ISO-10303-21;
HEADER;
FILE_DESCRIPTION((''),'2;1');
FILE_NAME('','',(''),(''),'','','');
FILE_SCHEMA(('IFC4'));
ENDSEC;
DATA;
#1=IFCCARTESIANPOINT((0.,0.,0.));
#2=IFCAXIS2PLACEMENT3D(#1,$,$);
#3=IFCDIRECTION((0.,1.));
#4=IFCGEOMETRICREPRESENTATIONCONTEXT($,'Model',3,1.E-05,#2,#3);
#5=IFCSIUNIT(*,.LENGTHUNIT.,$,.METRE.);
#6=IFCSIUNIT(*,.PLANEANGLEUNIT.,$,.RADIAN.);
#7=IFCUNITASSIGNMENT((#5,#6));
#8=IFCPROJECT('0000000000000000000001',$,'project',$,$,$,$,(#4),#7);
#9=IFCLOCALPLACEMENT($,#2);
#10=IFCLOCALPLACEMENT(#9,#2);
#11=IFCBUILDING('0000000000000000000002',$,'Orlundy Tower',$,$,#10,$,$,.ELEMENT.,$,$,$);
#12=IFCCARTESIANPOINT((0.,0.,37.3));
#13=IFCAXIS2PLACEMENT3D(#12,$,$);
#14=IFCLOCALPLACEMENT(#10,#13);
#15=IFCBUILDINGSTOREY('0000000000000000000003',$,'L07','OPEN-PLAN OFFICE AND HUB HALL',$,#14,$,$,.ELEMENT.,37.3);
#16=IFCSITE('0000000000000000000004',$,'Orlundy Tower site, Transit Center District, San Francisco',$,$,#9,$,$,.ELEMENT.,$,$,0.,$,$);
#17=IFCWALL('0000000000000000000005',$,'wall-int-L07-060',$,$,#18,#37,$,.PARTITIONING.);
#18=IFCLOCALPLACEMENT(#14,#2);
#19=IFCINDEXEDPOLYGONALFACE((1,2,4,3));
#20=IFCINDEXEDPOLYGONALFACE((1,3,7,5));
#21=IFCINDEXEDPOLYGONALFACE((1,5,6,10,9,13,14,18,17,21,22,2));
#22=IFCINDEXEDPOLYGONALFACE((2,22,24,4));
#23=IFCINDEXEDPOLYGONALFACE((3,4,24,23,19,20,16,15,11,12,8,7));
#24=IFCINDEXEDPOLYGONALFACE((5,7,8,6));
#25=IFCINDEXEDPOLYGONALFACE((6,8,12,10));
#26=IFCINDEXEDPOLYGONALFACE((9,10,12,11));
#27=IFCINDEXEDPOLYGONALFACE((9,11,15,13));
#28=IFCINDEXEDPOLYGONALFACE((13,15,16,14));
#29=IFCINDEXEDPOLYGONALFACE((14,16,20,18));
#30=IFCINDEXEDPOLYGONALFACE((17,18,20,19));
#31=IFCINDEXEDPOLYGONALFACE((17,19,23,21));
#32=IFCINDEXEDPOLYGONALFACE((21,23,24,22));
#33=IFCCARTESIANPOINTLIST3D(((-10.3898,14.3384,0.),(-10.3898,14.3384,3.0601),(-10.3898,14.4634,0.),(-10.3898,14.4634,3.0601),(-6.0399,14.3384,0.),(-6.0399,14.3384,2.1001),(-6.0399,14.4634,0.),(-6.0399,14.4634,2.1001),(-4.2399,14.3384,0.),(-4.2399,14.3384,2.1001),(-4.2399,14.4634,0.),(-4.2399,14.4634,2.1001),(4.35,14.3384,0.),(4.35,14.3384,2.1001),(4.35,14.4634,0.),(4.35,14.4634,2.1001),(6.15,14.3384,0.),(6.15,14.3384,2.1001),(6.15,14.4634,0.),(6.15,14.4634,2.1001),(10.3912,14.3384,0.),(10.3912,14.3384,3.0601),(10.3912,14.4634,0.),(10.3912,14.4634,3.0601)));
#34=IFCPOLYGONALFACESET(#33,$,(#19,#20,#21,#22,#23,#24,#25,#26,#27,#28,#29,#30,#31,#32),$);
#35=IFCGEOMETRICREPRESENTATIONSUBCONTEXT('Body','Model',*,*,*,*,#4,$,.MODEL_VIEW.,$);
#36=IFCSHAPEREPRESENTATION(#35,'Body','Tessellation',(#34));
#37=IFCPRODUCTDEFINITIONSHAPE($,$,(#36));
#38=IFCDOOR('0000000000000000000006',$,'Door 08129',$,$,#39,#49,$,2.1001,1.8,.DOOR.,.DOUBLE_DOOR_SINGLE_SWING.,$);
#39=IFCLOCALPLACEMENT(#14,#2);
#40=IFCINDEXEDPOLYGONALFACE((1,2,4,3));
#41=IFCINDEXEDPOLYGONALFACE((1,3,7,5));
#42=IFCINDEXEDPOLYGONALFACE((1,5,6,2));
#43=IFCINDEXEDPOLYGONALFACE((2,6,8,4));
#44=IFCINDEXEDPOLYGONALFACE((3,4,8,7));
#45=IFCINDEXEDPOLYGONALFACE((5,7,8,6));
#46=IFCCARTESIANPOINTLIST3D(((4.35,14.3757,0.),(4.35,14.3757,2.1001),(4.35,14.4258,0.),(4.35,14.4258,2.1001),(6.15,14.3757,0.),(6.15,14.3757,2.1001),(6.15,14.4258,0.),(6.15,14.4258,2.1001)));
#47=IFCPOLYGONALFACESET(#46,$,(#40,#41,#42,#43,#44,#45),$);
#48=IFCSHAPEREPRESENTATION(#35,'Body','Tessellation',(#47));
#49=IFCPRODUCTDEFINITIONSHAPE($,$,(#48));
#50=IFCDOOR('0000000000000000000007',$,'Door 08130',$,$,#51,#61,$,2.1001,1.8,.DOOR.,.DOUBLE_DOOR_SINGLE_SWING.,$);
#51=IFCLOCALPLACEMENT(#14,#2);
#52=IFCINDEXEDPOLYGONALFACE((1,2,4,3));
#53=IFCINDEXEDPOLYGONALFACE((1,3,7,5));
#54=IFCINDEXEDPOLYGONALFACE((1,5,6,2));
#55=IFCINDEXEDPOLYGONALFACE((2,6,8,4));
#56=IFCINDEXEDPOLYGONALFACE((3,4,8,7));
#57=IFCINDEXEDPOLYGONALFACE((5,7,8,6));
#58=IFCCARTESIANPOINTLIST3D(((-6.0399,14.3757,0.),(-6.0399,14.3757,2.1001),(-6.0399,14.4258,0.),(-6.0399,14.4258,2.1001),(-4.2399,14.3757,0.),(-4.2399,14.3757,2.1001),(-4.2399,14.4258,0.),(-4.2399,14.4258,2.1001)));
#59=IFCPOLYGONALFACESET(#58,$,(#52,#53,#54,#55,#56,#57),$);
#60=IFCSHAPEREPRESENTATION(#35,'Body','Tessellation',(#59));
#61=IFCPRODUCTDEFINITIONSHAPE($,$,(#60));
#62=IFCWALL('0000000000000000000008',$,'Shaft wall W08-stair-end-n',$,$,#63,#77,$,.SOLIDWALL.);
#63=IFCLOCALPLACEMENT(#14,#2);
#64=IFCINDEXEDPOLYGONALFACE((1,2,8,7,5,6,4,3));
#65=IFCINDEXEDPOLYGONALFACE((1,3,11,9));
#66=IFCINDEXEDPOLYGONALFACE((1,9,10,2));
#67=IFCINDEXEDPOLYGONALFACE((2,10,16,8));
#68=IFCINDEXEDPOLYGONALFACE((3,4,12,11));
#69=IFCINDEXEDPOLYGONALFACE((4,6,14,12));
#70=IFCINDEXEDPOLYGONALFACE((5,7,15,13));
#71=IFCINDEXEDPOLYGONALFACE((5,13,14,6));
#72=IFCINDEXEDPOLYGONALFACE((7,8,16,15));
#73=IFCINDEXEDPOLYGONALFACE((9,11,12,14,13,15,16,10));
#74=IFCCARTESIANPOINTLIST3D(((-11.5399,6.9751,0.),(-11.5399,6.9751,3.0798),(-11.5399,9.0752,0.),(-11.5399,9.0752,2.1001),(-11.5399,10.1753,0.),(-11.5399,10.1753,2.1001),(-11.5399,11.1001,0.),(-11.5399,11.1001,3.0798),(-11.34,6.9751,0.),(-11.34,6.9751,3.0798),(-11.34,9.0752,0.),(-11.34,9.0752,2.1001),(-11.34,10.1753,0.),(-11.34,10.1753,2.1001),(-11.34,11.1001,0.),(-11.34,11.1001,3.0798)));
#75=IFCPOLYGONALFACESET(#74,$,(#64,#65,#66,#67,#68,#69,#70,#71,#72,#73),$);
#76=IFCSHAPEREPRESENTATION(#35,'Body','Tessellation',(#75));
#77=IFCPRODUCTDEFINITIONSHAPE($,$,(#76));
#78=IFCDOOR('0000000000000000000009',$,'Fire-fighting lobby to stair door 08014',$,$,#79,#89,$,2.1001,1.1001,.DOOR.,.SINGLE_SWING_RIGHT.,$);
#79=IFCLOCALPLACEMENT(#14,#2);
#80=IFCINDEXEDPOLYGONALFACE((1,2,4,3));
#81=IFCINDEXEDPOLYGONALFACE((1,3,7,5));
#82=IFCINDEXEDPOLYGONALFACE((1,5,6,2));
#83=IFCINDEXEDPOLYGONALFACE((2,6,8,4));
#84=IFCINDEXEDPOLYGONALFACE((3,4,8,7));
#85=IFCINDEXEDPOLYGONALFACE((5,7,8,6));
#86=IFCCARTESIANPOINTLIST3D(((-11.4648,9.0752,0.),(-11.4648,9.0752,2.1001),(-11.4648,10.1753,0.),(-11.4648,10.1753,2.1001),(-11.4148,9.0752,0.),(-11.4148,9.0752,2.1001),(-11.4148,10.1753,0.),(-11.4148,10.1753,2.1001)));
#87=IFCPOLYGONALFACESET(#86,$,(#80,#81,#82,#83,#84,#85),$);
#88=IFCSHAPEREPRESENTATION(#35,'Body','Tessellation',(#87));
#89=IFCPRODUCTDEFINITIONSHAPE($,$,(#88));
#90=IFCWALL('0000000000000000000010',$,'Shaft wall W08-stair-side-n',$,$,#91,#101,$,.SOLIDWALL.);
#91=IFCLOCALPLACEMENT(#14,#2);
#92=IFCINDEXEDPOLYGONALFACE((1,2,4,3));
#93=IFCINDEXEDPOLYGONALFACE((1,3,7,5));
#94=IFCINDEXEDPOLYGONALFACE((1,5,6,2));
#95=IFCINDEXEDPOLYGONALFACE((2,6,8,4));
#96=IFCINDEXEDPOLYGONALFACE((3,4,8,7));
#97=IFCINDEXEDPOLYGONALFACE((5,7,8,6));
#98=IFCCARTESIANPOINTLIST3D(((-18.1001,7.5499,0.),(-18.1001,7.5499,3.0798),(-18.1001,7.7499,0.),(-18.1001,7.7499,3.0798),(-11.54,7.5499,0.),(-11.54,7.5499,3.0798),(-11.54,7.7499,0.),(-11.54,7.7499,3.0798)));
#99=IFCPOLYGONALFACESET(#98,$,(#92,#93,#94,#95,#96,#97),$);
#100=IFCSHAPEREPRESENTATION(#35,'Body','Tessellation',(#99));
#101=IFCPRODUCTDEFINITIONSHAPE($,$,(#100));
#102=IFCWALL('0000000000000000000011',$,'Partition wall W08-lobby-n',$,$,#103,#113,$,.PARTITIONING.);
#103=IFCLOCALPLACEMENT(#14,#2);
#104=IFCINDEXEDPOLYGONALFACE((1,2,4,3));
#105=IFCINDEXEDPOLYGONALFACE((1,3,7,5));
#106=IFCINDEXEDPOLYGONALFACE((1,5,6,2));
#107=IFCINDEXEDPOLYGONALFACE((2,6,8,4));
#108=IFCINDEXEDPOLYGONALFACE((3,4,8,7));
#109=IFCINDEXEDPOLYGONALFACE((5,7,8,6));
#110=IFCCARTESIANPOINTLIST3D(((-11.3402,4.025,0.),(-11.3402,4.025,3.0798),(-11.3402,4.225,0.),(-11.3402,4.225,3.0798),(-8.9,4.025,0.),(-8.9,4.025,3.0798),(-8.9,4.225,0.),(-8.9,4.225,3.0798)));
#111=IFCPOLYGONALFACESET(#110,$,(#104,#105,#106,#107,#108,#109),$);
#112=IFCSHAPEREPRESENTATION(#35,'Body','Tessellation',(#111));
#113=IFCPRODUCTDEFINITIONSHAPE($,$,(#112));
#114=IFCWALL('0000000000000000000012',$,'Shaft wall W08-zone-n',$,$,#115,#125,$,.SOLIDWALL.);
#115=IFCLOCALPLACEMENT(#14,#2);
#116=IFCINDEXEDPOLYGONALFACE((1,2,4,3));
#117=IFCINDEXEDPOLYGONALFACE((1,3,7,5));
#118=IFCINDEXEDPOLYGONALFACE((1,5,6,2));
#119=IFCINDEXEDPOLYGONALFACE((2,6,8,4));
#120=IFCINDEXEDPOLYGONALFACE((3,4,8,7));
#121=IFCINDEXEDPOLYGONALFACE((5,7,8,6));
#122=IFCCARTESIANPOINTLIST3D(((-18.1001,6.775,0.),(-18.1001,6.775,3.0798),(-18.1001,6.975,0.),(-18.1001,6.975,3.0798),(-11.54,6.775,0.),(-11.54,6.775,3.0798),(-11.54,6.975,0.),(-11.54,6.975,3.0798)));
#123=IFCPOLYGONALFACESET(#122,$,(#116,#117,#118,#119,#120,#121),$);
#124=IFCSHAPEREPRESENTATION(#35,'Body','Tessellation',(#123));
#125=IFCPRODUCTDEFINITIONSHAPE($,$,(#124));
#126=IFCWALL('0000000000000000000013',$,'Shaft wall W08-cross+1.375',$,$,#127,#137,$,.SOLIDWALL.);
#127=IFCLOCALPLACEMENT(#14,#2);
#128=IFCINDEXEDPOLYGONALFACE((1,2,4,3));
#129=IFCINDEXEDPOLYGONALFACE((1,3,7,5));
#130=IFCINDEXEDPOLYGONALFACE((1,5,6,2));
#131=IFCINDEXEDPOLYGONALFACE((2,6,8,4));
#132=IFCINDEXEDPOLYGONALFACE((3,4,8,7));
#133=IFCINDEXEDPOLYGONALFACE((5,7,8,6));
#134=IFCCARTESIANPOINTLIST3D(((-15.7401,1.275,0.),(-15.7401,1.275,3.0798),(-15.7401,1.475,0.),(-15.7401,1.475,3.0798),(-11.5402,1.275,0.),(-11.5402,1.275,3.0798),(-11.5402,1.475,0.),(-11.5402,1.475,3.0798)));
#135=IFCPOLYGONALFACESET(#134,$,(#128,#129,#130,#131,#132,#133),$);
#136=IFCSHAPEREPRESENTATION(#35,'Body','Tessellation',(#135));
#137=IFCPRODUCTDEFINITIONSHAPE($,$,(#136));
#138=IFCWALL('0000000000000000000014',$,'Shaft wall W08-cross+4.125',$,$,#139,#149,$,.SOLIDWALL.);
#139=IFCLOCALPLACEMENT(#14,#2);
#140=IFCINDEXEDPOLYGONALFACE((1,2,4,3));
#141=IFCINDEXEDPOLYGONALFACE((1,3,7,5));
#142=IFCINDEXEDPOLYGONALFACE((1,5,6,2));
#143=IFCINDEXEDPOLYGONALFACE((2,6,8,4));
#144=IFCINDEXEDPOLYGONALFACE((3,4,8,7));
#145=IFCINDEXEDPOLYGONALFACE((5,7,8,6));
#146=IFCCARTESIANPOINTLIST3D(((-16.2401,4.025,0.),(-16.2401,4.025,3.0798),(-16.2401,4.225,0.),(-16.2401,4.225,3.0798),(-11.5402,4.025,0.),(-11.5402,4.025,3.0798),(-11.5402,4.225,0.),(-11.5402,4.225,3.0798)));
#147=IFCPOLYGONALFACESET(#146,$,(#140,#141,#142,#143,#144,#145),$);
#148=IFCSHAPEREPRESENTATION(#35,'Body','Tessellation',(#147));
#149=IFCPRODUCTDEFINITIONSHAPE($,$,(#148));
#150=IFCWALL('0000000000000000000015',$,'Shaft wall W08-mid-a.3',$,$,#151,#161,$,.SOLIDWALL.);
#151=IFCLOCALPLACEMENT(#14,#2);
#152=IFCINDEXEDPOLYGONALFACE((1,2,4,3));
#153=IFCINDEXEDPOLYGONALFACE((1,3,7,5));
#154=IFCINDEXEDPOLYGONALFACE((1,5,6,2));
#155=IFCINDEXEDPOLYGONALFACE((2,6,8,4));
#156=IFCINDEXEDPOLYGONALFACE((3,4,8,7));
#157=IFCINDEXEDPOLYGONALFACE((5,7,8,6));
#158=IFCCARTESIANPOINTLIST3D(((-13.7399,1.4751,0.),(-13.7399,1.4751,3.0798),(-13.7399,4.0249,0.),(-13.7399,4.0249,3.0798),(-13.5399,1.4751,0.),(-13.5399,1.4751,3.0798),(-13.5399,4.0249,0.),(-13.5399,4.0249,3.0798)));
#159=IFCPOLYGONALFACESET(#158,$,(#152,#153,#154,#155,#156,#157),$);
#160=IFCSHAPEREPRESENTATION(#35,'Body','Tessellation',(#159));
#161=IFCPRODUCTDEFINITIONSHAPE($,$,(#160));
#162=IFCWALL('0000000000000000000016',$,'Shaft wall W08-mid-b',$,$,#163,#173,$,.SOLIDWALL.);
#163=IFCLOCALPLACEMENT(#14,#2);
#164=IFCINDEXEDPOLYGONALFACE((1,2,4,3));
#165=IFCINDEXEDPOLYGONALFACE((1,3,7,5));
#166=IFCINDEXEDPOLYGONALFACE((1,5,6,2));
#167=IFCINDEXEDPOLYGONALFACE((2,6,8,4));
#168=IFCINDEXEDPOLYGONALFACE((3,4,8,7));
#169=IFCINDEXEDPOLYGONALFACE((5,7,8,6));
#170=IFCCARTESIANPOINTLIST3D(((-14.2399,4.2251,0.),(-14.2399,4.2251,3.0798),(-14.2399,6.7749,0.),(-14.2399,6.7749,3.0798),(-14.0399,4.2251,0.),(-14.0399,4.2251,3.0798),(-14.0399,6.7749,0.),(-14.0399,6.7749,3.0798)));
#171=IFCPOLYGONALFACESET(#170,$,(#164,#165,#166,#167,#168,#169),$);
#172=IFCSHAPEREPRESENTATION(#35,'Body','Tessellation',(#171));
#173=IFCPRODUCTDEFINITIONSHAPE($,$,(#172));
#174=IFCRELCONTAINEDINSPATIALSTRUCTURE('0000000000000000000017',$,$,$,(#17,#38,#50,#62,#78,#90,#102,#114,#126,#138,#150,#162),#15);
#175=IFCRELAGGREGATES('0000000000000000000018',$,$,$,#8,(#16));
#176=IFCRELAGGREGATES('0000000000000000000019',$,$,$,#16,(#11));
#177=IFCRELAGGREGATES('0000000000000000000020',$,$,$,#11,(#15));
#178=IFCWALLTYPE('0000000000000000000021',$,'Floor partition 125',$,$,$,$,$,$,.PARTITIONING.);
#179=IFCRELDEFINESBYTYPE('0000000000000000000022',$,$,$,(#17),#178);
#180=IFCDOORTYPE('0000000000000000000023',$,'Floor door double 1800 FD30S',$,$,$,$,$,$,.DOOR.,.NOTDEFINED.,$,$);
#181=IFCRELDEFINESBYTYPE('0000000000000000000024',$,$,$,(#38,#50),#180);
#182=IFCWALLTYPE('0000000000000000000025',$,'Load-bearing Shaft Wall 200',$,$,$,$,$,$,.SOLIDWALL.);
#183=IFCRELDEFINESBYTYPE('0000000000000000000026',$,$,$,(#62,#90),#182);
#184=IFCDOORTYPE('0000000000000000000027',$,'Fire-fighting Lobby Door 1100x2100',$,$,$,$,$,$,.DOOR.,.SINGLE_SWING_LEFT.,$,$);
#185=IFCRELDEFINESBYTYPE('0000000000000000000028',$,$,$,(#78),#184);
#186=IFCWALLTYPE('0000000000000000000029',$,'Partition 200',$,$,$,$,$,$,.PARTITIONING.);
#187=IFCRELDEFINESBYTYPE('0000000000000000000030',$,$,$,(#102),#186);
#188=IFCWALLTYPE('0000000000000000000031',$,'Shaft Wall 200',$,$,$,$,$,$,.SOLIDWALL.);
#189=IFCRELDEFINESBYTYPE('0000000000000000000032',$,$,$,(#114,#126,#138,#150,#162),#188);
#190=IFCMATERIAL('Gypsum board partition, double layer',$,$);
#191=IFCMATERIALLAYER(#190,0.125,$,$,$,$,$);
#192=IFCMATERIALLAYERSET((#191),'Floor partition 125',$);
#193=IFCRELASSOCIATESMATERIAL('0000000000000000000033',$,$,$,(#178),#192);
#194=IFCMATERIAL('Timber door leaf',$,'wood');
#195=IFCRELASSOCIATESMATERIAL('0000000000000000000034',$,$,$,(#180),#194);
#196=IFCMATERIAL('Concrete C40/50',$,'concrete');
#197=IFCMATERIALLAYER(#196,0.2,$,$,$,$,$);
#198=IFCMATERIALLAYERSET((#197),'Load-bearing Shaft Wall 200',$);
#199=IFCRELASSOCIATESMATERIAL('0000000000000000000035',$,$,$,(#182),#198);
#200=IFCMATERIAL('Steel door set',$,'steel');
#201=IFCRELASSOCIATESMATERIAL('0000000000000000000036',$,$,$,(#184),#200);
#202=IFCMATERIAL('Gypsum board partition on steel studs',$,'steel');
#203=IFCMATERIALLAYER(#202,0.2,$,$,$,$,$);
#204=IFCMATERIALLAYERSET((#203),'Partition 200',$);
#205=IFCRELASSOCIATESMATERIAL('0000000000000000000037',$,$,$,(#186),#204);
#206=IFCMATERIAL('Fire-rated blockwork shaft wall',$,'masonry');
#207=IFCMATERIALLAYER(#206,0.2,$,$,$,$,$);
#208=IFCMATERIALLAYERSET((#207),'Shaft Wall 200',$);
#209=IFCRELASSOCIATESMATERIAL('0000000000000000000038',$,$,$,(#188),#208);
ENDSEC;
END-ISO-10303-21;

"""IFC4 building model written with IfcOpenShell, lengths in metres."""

from ifc_helpers import new_model, si_unit, direction, frame, frame_2d, origin, place, context, subcontext, project, spatial, rectangle, extrude, material, layer, layer_set, type_object, element, fill, save


model = new_model("IFC4")

# Units and contexts
model_context = context("Model", 3, precision=1e-05, world=origin(), true_north=direction((0.0, 1.0)))
body_context = subcontext(model_context, "Body", "Model", "MODEL_VIEW")
ifc_project = project(units=[si_unit("LENGTHUNIT", "METRE"), si_unit("PLANEANGLEUNIT", "RADIAN")], contexts=[model_context])

# Site, building, storey
site_placement = place(None, origin())
site = spatial("IfcSite", under=ifc_project, at=site_placement, Name="Orlundy Tower site, Transit Center District, San Francisco", CompositionType="ELEMENT", RefElevation=0.0)
building_placement = place(site_placement, origin())
building = spatial("IfcBuilding", under=site, at=building_placement, Name="Orlundy Tower", CompositionType="ELEMENT")
storey_placement = place(building_placement, frame((0.0, 0.0, 37.3)))
storey = spatial("IfcBuildingStorey", under=building, at=storey_placement, Name="L07", Description="OPEN-PLAN OFFICE AND HUB HALL", CompositionType="ELEMENT", Elevation=37.3)

# Wall, openings, doors
ifc_material_1 = material(Name="Gypsum board partition, double layer")
ifc_layer_1 = layer(ifc_material_1, 0.125)
ifc_layer_set_1 = layer_set([ifc_layer_1], Name="Floor partition 125")
wall_type_1 = type_object("IfcWallType", Name="Floor partition 125", PredefinedType="PARTITIONING", material=ifc_layer_set_1)
wall_1_placement = place(storey_placement, frame((-10.3899, 14.4009, 0.0), z_axis=(0.0, 0.0, 1.0), x_axis=(1.0, 0.0, 0.0)))
wall_1 = element("IfcWall", 1, at=wall_1_placement, inside=storey, type_object=wall_type_1, Name="wall-int-L07-060", PredefinedType="PARTITIONING", context=body_context, shape_type="SweptSolid", body=[
    extrude(rectangle(XDim=20.781, YDim=0.125, at=frame_2d((10.3906, 0.0))), origin(), (0.0, 0.0, 1.0), 3.0601),
])
opening_1_placement = place(wall_1_placement, frame((14.74, 0.0, 0.0)))
opening_1 = element("IfcOpeningElement", 2, at=opening_1_placement, cuts=wall_1, PredefinedType="OPENING", context=body_context, shape_type="SweptSolid", body=[
    extrude(rectangle(XDim=1.8, YDim=2.1001, at=frame_2d((0.8999, 1.05))), frame((0.0, 0.0725, 0.0), z_axis=(0.0, -1.0, 0.0), x_axis=(1.0, 0.0, 0.0)), (0.0, 0.0, 1.0), 0.145),
])
opening_2_placement = place(wall_1_placement, frame((4.3501, 0.0, 0.0)))
opening_2 = element("IfcOpeningElement", 3, at=opening_2_placement, cuts=wall_1, PredefinedType="OPENING", context=body_context, shape_type="SweptSolid", body=[
    extrude(rectangle(XDim=1.8, YDim=2.1001, at=frame_2d((0.8999, 1.05))), frame((0.0, 0.0725, 0.0), z_axis=(0.0, -1.0, 0.0), x_axis=(1.0, 0.0, 0.0)), (0.0, 0.0, 1.0), 0.145),
])
ifc_material_2 = material(Name="Timber door leaf", Category="wood")
door_type_1 = type_object("IfcDoorType", Name="Floor door double 1800 FD30S", OperationType="NOTDEFINED", PredefinedType="DOOR", material=ifc_material_2)
door_1_placement = place(opening_1_placement, origin())
door_1 = element("IfcDoor", 4, at=door_1_placement, inside=storey, type_object=door_type_1, Name="Door 08129", OperationType="DOUBLE_DOOR_SINGLE_SWING", OverallHeight=2.1001, OverallWidth=1.8, PredefinedType="DOOR", context=body_context, shape_type="SweptSolid", body=[
    extrude(rectangle(XDim=1.8, YDim=2.1001, at=frame_2d((0.8999, 1.05))), frame((0.0, 0.0249, 0.0), z_axis=(0.0, -1.0, 0.0), x_axis=(1.0, 0.0, 0.0)), (0.0, 0.0, 1.0), 0.05),
])
fill(opening_1, door_1)
door_2_placement = place(opening_2_placement, origin())
door_2 = element("IfcDoor", 5, at=door_2_placement, inside=storey, type_object=door_type_1, Name="Door 08130", OperationType="DOUBLE_DOOR_SINGLE_SWING", OverallHeight=2.1001, OverallWidth=1.8, PredefinedType="DOOR", context=body_context, shape_type="SweptSolid", body=[
    extrude(rectangle(XDim=1.8, YDim=2.1001, at=frame_2d((0.8999, 1.05))), frame((0.0, 0.0249, 0.0), z_axis=(0.0, -1.0, 0.0), x_axis=(1.0, 0.0, 0.0)), (0.0, 0.0, 1.0), 0.05),
])
fill(opening_2, door_2)

# Wall, opening, door
ifc_material_3 = material(Name="Concrete C40/50", Category="concrete")
ifc_layer_2 = layer(ifc_material_3, 0.2)
ifc_layer_set_2 = layer_set([ifc_layer_2], Name="Load-bearing Shaft Wall 200")
wall_type_2 = type_object("IfcWallType", Name="Load-bearing Shaft Wall 200", PredefinedType="SOLIDWALL", material=ifc_layer_set_2)
wall_2_placement = place(storey_placement, frame((-11.4399, 6.9751, 0.0), z_axis=(0.0, 0.0, 1.0), x_axis=(0.0, 1.0, 0.0)))
wall_2 = element("IfcWall", 6, at=wall_2_placement, inside=storey, type_object=wall_type_2, Name="Shaft wall W08-stair-end-n", PredefinedType="SOLIDWALL", context=body_context, shape_type="SweptSolid", body=[
    extrude(rectangle(XDim=4.125, YDim=0.2, at=frame_2d((2.0625, 0.0))), origin(), (0.0, 0.0, 1.0), 3.0798),
])
opening_3_placement = place(wall_2_placement, frame((2.1001, 0.0, 0.0)))
opening_3 = element("IfcOpeningElement", 7, at=opening_3_placement, cuts=wall_2, PredefinedType="OPENING", context=body_context, shape_type="SweptSolid", body=[
    extrude(rectangle(XDim=1.1001, YDim=2.1001, at=frame_2d((0.55, 1.05))), frame((0.0, 0.1101, 0.0), z_axis=(0.0, -1.0, 0.0), x_axis=(1.0, 0.0, 0.0)), (0.0, 0.0, 1.0), 0.2202),
])
ifc_material_4 = material(Name="Steel door set", Category="steel")
door_type_2 = type_object("IfcDoorType", Name="Fire-fighting Lobby Door 1100x2100", OperationType="SINGLE_SWING_LEFT", PredefinedType="DOOR", material=ifc_material_4)
door_3_placement = place(opening_3_placement, origin())
door_3 = element("IfcDoor", 8, at=door_3_placement, inside=storey, type_object=door_type_2, Name="Fire-fighting lobby to stair door 08014", OperationType="SINGLE_SWING_RIGHT", OverallHeight=2.1001, OverallWidth=1.1001, PredefinedType="DOOR", context=body_context, shape_type="SweptSolid", body=[
    extrude(rectangle(XDim=1.1001, YDim=2.1001, at=frame_2d((0.55, 1.05))), frame((0.0, 0.0249, 0.0), z_axis=(0.0, -1.0, 0.0), x_axis=(1.0, 0.0, 0.0)), (0.0, 0.0, 1.0), 0.05),
])
fill(opening_3, door_3)

# Walls
wall_3_placement = place(storey_placement, frame((-11.54, 7.6499, 0.0), z_axis=(0.0, 0.0, 1.0), x_axis=(-1.0, 0.0, 0.0)))
element("IfcWall", 9, at=wall_3_placement, inside=storey, type_object=wall_type_2, Name="Shaft wall W08-stair-side-n", PredefinedType="SOLIDWALL", context=body_context, shape_type="SweptSolid", body=[
    extrude(rectangle(XDim=6.5601, YDim=0.2, at=frame_2d((3.28, 0.0))), origin(), (0.0, 0.0, 1.0), 3.0798),
])
ifc_material_5 = material(Name="Gypsum board partition on steel studs", Category="steel")
ifc_layer_3 = layer(ifc_material_5, 0.2)
ifc_layer_set_3 = layer_set([ifc_layer_3], Name="Partition 200")
wall_type_3 = type_object("IfcWallType", Name="Partition 200", PredefinedType="PARTITIONING", material=ifc_layer_set_3)
wall_4_placement = place(storey_placement, frame((-8.8999, 4.125, 0.0), z_axis=(0.0, 0.0, 1.0), x_axis=(-1.0, 0.0, 0.0)))
element("IfcWall", 10, at=wall_4_placement, inside=storey, type_object=wall_type_3, Name="Partition wall W08-lobby-n", PredefinedType="PARTITIONING", context=body_context, shape_type="SweptSolid", body=[
    extrude(rectangle(XDim=2.4402, YDim=0.2, at=frame_2d((1.2202, 0.0))), origin(), (0.0, 0.0, 1.0), 3.0798),
])
ifc_material_6 = material(Name="Fire-rated blockwork shaft wall", Category="masonry")
ifc_layer_4 = layer(ifc_material_6, 0.2)
ifc_layer_set_4 = layer_set([ifc_layer_4], Name="Shaft Wall 200")
wall_type_4 = type_object("IfcWallType", Name="Shaft Wall 200", PredefinedType="SOLIDWALL", material=ifc_layer_set_4)
wall_5_placement = place(storey_placement, frame((-11.54, 6.875, 0.0), z_axis=(0.0, 0.0, 1.0), x_axis=(-1.0, 0.0, 0.0)))
element("IfcWall", 11, at=wall_5_placement, inside=storey, type_object=wall_type_4, Name="Shaft wall W08-zone-n", PredefinedType="SOLIDWALL", context=body_context, shape_type="SweptSolid", body=[
    extrude(rectangle(XDim=6.5601, YDim=0.2, at=frame_2d((3.28, 0.0))), origin(), (0.0, 0.0, 1.0), 3.0798),
])
wall_6_placement = place(storey_placement, frame((-11.54, 1.375, 0.0), z_axis=(0.0, 0.0, 1.0), x_axis=(-1.0, 0.0, 0.0)))
element("IfcWall", 12, at=wall_6_placement, inside=storey, type_object=wall_type_4, Name="Shaft wall W08-cross+1.375", PredefinedType="SOLIDWALL", context=body_context, shape_type="SweptSolid", body=[
    extrude(rectangle(XDim=4.2, YDim=0.2, at=frame_2d((2.1001, 0.0))), origin(), (0.0, 0.0, 1.0), 3.0798),
])
wall_7_placement = place(storey_placement, frame((-11.54, 4.125, 0.0), z_axis=(0.0, 0.0, 1.0), x_axis=(-1.0, 0.0, 0.0)))
element("IfcWall", 13, at=wall_7_placement, inside=storey, type_object=wall_type_4, Name="Shaft wall W08-cross+4.125", PredefinedType="SOLIDWALL", context=body_context, shape_type="SweptSolid", body=[
    extrude(rectangle(XDim=4.7, YDim=0.2, at=frame_2d((2.3501, 0.0))), origin(), (0.0, 0.0, 1.0), 3.0798),
])
for number, where, z_axis, x_axis, name in (
    (14, (-13.6399, 1.4751, 0.0), (0.0, 0.0, 1.0), (0.0, 1.0, 0.0), "Shaft wall W08-mid-a.3"),
    (15, (-14.1399, 4.2251, 0.0), (0.0, 0.0, 1.0), (0.0, 1.0, 0.0), "Shaft wall W08-mid-b"),
):
    element("IfcWall", number, at=place(storey_placement, frame(where, z_axis=z_axis, x_axis=x_axis)), inside=storey, type_object=wall_type_4, Name=name, PredefinedType="SOLIDWALL", context=body_context, shape_type="SweptSolid", body=[
        extrude(rectangle(XDim=2.5498, YDim=0.2, at=frame_2d((1.2749, 0.0))), origin(), (0.0, 0.0, 1.0), 3.0798),
    ])

save(model, "model.ifc")
